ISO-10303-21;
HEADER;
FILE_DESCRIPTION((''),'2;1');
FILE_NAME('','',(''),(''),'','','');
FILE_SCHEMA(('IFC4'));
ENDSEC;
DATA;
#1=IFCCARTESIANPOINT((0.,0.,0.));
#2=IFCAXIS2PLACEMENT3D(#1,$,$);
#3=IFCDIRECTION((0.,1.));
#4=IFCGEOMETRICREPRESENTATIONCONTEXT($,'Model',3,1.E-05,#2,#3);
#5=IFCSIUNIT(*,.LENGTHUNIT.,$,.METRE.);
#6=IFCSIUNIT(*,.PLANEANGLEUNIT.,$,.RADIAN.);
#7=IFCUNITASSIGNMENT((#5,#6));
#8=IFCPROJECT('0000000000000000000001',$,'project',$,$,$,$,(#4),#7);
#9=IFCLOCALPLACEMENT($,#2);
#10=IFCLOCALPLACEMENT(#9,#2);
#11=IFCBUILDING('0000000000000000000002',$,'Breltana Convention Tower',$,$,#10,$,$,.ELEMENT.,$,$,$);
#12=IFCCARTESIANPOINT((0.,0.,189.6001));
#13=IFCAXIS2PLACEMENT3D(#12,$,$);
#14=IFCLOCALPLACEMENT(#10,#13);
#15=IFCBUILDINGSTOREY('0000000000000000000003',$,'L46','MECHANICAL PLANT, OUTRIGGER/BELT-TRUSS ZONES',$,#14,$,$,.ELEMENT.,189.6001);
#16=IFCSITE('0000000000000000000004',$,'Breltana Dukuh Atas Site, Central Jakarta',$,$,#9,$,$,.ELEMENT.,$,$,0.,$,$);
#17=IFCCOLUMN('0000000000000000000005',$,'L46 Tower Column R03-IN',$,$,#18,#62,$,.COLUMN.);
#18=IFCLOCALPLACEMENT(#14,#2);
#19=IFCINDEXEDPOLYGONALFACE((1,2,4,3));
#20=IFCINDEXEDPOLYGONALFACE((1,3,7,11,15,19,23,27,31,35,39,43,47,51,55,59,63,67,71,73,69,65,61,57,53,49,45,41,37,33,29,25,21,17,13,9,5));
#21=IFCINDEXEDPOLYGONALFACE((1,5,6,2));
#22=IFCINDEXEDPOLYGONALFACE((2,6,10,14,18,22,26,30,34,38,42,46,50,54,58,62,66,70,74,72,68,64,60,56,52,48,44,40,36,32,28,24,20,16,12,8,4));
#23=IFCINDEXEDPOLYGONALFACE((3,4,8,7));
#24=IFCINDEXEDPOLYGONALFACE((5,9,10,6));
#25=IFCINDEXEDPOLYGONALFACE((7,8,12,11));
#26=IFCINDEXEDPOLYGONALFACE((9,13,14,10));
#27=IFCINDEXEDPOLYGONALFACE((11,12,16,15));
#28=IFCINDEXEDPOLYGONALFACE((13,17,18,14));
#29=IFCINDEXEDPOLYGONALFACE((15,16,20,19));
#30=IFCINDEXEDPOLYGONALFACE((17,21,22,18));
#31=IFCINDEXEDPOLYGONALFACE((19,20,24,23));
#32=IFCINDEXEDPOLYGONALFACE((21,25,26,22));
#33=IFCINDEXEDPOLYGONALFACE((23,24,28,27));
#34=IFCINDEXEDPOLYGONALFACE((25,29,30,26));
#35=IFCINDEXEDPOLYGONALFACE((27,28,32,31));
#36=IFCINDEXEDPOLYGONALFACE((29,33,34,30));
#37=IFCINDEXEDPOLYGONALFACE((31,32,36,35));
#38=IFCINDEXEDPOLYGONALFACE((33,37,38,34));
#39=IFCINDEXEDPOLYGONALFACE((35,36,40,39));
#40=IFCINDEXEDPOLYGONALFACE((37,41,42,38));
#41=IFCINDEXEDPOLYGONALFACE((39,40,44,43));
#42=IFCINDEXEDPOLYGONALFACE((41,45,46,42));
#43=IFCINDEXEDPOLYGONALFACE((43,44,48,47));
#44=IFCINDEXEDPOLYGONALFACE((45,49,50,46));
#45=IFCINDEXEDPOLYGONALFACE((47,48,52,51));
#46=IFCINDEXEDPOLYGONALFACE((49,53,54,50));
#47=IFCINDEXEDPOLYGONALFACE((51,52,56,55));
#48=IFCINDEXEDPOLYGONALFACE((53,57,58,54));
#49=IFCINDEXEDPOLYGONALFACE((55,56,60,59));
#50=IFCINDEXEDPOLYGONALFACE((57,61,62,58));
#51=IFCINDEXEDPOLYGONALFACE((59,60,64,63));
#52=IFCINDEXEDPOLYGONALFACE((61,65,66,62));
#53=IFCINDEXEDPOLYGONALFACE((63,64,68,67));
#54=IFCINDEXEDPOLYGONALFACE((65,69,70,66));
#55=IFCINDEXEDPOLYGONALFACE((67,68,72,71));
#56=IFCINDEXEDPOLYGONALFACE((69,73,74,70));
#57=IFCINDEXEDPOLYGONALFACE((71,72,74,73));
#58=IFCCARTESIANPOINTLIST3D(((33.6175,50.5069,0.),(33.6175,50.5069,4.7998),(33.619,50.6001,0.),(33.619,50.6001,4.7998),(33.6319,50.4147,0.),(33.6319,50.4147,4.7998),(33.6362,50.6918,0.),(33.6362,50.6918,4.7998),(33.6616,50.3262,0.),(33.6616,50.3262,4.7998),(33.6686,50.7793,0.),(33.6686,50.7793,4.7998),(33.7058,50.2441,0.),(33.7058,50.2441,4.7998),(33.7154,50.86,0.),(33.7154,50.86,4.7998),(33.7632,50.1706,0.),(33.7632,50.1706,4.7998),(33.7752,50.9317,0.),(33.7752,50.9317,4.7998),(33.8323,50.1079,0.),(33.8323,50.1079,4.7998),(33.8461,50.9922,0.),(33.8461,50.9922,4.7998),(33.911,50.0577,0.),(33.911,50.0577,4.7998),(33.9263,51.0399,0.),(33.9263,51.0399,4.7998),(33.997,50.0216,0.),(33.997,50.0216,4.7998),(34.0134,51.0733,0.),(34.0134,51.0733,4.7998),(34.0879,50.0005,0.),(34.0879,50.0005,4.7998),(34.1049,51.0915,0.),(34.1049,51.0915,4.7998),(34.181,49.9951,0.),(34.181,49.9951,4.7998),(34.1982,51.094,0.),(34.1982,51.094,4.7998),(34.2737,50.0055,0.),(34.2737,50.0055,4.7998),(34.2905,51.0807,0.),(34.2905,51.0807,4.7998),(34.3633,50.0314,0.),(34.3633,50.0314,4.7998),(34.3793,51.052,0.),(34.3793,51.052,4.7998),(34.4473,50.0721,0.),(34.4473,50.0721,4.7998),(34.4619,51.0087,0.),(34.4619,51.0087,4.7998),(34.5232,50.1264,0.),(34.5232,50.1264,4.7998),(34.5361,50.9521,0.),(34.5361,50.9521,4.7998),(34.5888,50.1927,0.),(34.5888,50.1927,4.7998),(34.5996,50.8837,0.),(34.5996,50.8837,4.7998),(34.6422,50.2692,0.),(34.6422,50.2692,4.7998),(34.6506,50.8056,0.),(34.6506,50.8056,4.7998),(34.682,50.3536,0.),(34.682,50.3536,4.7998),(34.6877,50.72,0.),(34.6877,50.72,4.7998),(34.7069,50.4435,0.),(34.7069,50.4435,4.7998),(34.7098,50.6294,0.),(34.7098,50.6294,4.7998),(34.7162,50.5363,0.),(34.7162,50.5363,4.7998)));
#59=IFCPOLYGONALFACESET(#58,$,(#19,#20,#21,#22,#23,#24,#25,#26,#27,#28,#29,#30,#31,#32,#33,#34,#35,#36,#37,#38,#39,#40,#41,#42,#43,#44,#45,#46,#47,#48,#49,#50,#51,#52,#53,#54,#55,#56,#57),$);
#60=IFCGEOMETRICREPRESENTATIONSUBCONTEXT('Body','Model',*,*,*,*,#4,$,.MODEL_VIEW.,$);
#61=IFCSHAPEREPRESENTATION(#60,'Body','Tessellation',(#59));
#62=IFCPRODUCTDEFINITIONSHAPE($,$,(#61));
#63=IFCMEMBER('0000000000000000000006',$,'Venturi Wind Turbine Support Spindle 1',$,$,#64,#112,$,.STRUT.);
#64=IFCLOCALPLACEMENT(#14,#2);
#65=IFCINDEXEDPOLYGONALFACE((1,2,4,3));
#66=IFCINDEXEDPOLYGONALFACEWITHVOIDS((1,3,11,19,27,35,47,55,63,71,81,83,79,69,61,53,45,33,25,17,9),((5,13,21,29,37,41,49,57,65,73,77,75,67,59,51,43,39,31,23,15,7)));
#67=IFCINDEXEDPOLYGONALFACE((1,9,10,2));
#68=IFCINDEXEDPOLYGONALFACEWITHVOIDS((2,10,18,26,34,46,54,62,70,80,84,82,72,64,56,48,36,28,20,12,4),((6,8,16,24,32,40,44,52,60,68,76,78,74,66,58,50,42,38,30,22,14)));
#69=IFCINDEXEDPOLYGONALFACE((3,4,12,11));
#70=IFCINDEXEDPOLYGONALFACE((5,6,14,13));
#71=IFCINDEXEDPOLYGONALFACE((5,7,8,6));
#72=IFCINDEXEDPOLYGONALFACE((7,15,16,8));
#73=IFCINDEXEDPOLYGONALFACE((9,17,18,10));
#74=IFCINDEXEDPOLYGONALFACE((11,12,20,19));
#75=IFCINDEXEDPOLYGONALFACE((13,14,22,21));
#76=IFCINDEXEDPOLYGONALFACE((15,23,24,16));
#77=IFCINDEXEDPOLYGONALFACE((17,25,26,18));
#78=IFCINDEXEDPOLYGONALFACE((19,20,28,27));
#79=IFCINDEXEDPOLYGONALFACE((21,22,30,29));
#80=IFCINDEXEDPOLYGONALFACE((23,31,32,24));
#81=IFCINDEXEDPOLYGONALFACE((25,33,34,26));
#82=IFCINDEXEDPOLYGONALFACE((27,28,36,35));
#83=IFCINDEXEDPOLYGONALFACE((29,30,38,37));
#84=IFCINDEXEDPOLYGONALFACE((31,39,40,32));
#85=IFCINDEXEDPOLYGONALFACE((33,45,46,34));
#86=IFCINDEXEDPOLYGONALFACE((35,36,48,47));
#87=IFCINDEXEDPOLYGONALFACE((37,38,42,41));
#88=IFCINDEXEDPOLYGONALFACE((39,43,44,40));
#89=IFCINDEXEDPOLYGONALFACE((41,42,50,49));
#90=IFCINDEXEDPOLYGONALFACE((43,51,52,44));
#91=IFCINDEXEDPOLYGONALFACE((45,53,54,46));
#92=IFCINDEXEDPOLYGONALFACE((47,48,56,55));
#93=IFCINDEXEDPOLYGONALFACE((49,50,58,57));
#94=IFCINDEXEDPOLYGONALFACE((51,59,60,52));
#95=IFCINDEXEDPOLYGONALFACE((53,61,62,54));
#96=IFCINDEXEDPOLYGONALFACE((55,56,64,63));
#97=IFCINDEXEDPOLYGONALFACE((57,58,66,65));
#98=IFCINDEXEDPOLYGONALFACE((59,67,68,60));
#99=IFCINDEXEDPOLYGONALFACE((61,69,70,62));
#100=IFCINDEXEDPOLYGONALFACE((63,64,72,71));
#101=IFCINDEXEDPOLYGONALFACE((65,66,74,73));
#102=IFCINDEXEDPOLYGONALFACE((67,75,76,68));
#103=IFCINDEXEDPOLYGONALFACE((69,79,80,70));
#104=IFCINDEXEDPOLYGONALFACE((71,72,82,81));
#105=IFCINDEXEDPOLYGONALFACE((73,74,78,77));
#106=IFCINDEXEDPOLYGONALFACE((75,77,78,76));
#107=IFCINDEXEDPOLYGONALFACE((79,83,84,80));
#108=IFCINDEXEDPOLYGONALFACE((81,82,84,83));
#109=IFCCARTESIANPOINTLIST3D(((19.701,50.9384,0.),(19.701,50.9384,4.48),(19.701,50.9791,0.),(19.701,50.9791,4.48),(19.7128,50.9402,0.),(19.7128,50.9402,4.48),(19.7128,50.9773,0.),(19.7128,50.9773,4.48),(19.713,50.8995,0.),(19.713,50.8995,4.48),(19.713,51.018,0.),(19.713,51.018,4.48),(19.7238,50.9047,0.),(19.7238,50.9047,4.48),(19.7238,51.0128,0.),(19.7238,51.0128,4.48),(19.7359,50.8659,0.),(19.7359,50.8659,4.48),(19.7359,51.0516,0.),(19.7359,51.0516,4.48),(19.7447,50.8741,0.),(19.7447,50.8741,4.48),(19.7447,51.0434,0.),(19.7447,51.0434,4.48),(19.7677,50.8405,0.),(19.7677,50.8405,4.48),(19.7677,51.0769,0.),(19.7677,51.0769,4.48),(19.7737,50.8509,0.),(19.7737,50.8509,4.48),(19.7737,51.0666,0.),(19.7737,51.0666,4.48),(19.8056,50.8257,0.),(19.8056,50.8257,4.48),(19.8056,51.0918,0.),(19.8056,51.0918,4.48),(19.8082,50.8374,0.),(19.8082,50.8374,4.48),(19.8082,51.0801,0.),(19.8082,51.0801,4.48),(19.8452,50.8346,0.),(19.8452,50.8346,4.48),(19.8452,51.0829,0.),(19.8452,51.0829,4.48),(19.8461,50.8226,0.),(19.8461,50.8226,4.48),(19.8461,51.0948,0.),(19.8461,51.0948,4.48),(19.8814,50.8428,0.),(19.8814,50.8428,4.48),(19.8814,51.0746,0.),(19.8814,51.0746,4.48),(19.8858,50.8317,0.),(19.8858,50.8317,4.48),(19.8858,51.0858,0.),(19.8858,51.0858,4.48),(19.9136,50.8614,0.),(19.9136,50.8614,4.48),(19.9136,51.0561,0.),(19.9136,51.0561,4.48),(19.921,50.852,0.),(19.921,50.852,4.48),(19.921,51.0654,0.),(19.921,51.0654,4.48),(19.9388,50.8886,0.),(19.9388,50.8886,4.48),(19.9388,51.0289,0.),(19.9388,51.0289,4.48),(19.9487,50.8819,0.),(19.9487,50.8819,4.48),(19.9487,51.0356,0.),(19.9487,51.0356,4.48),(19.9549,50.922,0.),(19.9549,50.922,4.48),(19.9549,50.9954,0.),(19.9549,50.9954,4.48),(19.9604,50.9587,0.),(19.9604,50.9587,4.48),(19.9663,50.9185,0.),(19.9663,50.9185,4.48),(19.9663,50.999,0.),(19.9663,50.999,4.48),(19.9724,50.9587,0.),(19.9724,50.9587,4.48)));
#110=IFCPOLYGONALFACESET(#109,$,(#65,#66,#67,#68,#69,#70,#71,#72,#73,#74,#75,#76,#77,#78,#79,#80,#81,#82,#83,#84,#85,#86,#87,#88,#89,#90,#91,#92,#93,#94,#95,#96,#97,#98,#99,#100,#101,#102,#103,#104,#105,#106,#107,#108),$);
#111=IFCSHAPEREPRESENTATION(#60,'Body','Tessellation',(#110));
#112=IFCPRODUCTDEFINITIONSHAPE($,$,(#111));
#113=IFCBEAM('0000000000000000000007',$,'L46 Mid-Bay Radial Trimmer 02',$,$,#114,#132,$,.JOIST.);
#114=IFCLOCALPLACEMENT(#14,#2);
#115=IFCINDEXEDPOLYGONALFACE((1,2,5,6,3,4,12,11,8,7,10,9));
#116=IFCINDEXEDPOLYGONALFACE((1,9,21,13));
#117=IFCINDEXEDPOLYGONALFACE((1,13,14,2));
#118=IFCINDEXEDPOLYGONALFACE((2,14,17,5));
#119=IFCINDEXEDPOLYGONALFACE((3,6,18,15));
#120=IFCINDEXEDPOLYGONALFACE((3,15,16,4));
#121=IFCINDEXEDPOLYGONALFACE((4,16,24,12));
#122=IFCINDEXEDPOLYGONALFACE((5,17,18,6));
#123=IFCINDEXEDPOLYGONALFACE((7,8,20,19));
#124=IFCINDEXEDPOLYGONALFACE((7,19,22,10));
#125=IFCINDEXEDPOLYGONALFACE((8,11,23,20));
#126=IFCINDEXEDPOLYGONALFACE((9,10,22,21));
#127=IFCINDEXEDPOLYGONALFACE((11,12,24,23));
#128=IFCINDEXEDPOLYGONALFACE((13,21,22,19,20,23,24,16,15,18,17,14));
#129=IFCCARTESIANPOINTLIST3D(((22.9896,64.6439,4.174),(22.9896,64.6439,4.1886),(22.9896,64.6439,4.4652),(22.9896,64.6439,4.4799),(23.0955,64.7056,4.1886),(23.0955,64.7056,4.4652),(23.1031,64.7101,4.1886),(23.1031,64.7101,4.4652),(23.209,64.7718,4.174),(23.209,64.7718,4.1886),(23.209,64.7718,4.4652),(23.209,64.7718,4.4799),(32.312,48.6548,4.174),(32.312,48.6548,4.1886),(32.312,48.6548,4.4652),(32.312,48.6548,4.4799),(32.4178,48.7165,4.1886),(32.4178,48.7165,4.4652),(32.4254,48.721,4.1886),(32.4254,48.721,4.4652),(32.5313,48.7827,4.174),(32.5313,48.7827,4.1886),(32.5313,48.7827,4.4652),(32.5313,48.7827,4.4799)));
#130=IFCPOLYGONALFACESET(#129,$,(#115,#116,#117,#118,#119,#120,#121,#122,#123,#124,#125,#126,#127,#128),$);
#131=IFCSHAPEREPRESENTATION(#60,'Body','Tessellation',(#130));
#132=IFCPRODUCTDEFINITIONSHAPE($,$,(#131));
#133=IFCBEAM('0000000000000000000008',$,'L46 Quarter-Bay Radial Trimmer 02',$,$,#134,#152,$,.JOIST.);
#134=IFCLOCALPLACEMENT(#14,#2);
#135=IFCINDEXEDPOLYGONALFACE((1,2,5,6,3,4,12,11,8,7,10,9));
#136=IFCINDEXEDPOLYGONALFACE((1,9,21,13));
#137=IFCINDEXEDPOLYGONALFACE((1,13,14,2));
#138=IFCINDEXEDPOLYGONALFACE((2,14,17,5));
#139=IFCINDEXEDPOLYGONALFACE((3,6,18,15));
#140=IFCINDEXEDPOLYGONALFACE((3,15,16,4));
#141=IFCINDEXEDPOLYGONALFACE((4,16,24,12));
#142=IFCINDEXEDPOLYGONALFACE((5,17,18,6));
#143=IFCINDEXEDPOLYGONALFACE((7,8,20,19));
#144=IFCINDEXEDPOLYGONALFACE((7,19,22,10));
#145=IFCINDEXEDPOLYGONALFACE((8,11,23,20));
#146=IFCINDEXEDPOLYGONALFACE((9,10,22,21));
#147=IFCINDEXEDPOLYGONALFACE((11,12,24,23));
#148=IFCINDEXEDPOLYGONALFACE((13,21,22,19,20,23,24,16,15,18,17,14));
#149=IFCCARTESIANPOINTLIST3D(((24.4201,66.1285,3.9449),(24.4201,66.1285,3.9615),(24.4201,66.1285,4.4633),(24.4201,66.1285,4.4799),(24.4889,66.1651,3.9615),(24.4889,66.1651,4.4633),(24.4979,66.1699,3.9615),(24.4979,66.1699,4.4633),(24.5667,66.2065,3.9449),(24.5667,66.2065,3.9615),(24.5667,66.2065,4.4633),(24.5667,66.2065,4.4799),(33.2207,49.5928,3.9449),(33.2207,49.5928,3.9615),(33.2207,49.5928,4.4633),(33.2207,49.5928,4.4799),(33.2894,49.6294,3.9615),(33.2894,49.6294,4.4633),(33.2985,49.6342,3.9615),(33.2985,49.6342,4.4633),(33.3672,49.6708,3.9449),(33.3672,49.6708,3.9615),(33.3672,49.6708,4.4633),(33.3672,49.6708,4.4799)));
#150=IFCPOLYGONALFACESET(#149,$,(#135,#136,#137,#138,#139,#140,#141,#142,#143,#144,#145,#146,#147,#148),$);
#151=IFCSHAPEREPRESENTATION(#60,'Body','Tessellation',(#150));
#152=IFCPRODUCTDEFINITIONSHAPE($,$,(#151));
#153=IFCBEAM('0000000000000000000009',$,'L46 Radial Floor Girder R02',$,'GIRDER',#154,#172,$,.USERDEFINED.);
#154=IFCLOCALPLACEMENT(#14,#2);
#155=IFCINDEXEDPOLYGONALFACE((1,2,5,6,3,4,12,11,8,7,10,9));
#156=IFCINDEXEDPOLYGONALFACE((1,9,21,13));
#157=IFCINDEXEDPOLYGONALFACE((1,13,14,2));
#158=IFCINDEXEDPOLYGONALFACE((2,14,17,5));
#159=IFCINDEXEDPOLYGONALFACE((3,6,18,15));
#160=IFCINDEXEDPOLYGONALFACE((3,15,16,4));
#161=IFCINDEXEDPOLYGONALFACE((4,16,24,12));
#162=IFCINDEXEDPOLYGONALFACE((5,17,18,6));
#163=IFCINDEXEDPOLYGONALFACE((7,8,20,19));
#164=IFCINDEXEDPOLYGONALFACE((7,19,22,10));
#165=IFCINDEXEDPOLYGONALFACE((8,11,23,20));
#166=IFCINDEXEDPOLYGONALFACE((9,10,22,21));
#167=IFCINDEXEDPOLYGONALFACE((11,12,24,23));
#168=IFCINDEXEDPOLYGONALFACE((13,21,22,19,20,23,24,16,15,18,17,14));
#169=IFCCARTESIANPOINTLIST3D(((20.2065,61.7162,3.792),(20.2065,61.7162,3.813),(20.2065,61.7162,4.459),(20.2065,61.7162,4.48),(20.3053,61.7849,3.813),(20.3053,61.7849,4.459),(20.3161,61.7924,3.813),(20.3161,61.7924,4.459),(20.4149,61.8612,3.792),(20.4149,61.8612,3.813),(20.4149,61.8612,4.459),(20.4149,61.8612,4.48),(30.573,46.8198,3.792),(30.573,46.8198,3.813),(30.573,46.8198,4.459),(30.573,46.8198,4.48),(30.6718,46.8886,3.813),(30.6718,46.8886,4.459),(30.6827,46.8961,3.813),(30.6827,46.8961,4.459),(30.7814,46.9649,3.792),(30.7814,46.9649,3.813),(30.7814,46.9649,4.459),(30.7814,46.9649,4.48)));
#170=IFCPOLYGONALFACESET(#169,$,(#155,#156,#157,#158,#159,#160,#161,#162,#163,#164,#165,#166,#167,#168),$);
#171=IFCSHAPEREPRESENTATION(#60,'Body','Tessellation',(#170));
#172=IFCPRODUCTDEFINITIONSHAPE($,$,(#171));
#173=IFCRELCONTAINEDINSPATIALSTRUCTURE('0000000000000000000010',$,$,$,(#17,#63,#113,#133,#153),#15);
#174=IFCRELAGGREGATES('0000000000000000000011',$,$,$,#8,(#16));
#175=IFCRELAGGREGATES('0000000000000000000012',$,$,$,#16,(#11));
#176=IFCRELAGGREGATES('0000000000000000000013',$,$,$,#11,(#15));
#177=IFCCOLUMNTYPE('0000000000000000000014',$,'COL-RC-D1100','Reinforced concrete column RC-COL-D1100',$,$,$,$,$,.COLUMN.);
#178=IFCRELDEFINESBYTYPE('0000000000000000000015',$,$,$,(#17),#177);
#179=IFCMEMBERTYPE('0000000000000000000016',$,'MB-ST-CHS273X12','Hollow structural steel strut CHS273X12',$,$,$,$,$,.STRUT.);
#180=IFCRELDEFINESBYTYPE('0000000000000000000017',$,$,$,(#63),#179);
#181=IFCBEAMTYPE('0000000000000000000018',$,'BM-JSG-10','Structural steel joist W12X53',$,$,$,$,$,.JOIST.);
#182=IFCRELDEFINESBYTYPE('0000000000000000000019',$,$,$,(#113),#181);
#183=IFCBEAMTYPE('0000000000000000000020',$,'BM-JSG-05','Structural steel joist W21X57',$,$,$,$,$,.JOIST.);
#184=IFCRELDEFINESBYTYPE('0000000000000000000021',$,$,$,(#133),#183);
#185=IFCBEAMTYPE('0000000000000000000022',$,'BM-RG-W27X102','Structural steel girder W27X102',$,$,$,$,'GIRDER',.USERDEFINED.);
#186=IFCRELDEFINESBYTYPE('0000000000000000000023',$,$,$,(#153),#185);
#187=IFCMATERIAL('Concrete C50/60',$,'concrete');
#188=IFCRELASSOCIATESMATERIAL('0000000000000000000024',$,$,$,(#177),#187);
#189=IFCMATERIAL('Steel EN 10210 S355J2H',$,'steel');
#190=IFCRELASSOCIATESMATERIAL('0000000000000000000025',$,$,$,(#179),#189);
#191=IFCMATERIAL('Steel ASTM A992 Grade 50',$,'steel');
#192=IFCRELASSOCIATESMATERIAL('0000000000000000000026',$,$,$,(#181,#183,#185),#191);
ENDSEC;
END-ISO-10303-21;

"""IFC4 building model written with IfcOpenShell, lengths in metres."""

from ifc_helpers import new_model, si_unit, direction, frame, origin, origin_2d, place, context, subcontext, project, spatial, circle, hollow_circle, i_section, extrude, source, transform, mapped, material, material_profile, profile_set, type_object, type_shapes, element, save


model = new_model("IFC4")

# Units and contexts
model_context = context("Model", 3, precision=1e-05, world=origin(), true_north=direction((0.0, 1.0)))
body_context = subcontext(model_context, "Body", "Model", "MODEL_VIEW")
ifc_project = project(units=[si_unit("LENGTHUNIT", "METRE"), si_unit("PLANEANGLEUNIT", "RADIAN")], contexts=[model_context])

# Site, building, storey
site_placement = place(None, origin())
site = spatial("IfcSite", under=ifc_project, at=site_placement, Name="Breltana Dukuh Atas Site, Central Jakarta", CompositionType="ELEMENT", RefElevation=0.0)
building_placement = place(site_placement, origin())
building = spatial("IfcBuilding", under=site, at=building_placement, Name="Breltana Convention Tower", CompositionType="ELEMENT")
storey_placement = place(building_placement, frame((0.0, 0.0, 189.6001)))
storey = spatial("IfcBuildingStorey", under=building, at=storey_placement, Name="L46", Description="MECHANICAL PLANT, OUTRIGGER/BELT-TRUSS ZONES", CompositionType="ELEMENT", Elevation=189.6001)

# Column
ifc_material_1 = material(Name="Concrete C50/60", Category="concrete")
ifc_material_profile_1 = material_profile(ifc_material_1, circle(Radius=0.55, at=origin_2d()), Name="RC-COL-D1100")
ifc_profile_set_1 = profile_set([ifc_material_profile_1], Name="Concrete C50/60")
column_type = type_object("IfcColumnType", Name="COL-RC-D1100", Description="Reinforced concrete column RC-COL-D1100", PredefinedType="COLUMN", material=ifc_profile_set_1)
shared_shape_1 = source(origin(), body_context, "Body", "SweptSolid", [
    extrude(circle(Radius=0.55, at=origin_2d()), origin(), (0.0, 0.0, 1.0), 4.7998),
])
for number, where, z_axis, x_axis, name in (
    (1, (34.1663, 50.5449, 0.0), (0.0, 0.0, 1.0), (-0.436174, 0.899863, 0.0), "L46 Tower Column R03-IN"),
):
    element("IfcColumn", number, at=place(storey_placement, frame(where, z_axis=z_axis, x_axis=x_axis)), inside=storey, type_object=column_type, Name=name, PredefinedType="COLUMN", context=body_context, shape_type="MappedRepresentation", body=[
        mapped(shared_shape_1, transform((0.0, 0.0, 0.0), scale=1.0)),
    ])

# Member
ifc_material_2 = material(Name="Steel EN 10210 S355J2H", Category="steel")
ifc_material_profile_2 = material_profile(ifc_material_2, hollow_circle(Radius=0.1365, WallThickness=0.012, at=origin_2d()), Name="CHS273X12")
ifc_profile_set_2 = profile_set([ifc_material_profile_2], Name="Steel EN 10210 S355J2H")
member_type = type_object("IfcMemberType", Name="MB-ST-CHS273X12", Description="Hollow structural steel strut CHS273X12", PredefinedType="STRUT", material=ifc_profile_set_2)
shared_shape_2 = source(origin(), body_context, "Body", "SweptSolid", [
    extrude(hollow_circle(Radius=0.1365, WallThickness=0.012, at=origin_2d()), origin(), (0.0, 0.0, 1.0), 4.48),
])
type_shapes(member_type, [shared_shape_2])
member_placement = place(storey_placement, frame((19.8359, 50.9587, 0.0), z_axis=(0.0, 0.0, 1.0), x_axis=(1.0, 0.0, 0.0)))
element("IfcMember", 2, at=member_placement, inside=storey, type_object=member_type, Name="Venturi Wind Turbine Support Spindle 1", PredefinedType="STRUT", context=body_context, shape_type="MappedRepresentation", body=[
    mapped(shared_shape_2, transform((0.0, 0.0, 0.0), scale=1.0)),
])

# Beams
ifc_material_3 = material(Name="Steel ASTM A992 Grade 50", Category="steel")
ifc_material_profile_3 = material_profile(ifc_material_3, i_section(OverallWidth=0.2539, OverallDepth=0.3059, WebThickness=0.0088, FlangeThickness=0.0146, at=origin_2d()), Name="W12X53")
ifc_profile_set_3 = profile_set([ifc_material_profile_3], Name="Steel ASTM A992 Grade 50")
beam_type_1 = type_object("IfcBeamType", Name="BM-JSG-10", Description="Structural steel joist W12X53", PredefinedType="JOIST", material=ifc_profile_set_3)
shared_shape_3 = source(origin(), body_context, "Body", "SweptSolid", [
    extrude(i_section(OverallWidth=0.2539, OverallDepth=0.3059, WebThickness=0.0088, FlangeThickness=0.0146, at=origin_2d()), origin(), (0.0, 0.0, 1.0), 18.5083),
])
beam_1_placement = place(storey_placement, frame((32.4216, 48.7188, 4.3269), z_axis=(-0.503683, 0.863888, 0.0), x_axis=(-0.863888, -0.503683, 0.0)))
element("IfcBeam", 3, at=beam_1_placement, inside=storey, type_object=beam_type_1, Name="L46 Mid-Bay Radial Trimmer 02", PredefinedType="JOIST", context=body_context, shape_type="MappedRepresentation", body=[
    mapped(shared_shape_3, transform((0.0, 0.0, 0.0), scale=1.0)),
])
ifc_material_profile_4 = material_profile(ifc_material_3, i_section(OverallWidth=0.166, OverallDepth=0.5349, WebThickness=0.0103, FlangeThickness=0.0166, at=origin_2d()), Name="W21X57")
ifc_profile_set_4 = profile_set([ifc_material_profile_4], Name="Steel ASTM A992 Grade 50")
beam_type_2 = type_object("IfcBeamType", Name="BM-JSG-05", Description="Structural steel joist W21X57", PredefinedType="JOIST", material=ifc_profile_set_4)
shared_shape_4 = source(origin(), body_context, "Body", "SweptSolid", [
    extrude(i_section(OverallWidth=0.166, OverallDepth=0.5349, WebThickness=0.0103, FlangeThickness=0.0166, at=origin_2d()), origin(), (0.0, 0.0, 1.0), 18.7317),
])
beam_2_placement = place(storey_placement, frame((33.2939, 49.6318, 4.2124), z_axis=(-0.46982, 0.882762, 0.0), x_axis=(-0.882762, -0.46982, 0.0)))
element("IfcBeam", 4, at=beam_2_placement, inside=storey, type_object=beam_type_2, Name="L46 Quarter-Bay Radial Trimmer 02", PredefinedType="JOIST", context=body_context, shape_type="MappedRepresentation", body=[
    mapped(shared_shape_4, transform((0.0, 0.0, 0.0), scale=1.0)),
])
ifc_material_profile_5 = material_profile(ifc_material_3, i_section(OverallWidth=0.2539, OverallDepth=0.688, WebThickness=0.0132, FlangeThickness=0.021, at=origin_2d()), Name="W27X102")
ifc_profile_set_5 = profile_set([ifc_material_profile_5], Name="Steel ASTM A992 Grade 50")
beam_type_3 = type_object("IfcBeamType", Name="BM-RG-W27X102", Description="Structural steel girder W27X102", ElementType="GIRDER", PredefinedType="USERDEFINED", material=ifc_profile_set_5)
shared_shape_5 = source(origin(), body_context, "Body", "SweptSolid", [
    extrude(i_section(OverallWidth=0.2539, OverallDepth=0.688, WebThickness=0.0132, FlangeThickness=0.021, at=origin_2d()), origin(), (0.0, 0.0, 1.0), 18.1484),
])
beam_3_placement = place(storey_placement, frame((30.6772, 46.8923, 4.136), z_axis=(-0.571208, 0.820806, 0.0), x_axis=(-0.820806, -0.571208, 0.0)))
element("IfcBeam", 5, at=beam_3_placement, inside=storey, type_object=beam_type_3, Name="L46 Radial Floor Girder R02", ObjectType="GIRDER", PredefinedType="USERDEFINED", context=body_context, shape_type="MappedRepresentation", body=[
    mapped(shared_shape_5, transform((0.0, 0.0, 0.0), scale=1.0)),
])

save(model, "model.ifc")
